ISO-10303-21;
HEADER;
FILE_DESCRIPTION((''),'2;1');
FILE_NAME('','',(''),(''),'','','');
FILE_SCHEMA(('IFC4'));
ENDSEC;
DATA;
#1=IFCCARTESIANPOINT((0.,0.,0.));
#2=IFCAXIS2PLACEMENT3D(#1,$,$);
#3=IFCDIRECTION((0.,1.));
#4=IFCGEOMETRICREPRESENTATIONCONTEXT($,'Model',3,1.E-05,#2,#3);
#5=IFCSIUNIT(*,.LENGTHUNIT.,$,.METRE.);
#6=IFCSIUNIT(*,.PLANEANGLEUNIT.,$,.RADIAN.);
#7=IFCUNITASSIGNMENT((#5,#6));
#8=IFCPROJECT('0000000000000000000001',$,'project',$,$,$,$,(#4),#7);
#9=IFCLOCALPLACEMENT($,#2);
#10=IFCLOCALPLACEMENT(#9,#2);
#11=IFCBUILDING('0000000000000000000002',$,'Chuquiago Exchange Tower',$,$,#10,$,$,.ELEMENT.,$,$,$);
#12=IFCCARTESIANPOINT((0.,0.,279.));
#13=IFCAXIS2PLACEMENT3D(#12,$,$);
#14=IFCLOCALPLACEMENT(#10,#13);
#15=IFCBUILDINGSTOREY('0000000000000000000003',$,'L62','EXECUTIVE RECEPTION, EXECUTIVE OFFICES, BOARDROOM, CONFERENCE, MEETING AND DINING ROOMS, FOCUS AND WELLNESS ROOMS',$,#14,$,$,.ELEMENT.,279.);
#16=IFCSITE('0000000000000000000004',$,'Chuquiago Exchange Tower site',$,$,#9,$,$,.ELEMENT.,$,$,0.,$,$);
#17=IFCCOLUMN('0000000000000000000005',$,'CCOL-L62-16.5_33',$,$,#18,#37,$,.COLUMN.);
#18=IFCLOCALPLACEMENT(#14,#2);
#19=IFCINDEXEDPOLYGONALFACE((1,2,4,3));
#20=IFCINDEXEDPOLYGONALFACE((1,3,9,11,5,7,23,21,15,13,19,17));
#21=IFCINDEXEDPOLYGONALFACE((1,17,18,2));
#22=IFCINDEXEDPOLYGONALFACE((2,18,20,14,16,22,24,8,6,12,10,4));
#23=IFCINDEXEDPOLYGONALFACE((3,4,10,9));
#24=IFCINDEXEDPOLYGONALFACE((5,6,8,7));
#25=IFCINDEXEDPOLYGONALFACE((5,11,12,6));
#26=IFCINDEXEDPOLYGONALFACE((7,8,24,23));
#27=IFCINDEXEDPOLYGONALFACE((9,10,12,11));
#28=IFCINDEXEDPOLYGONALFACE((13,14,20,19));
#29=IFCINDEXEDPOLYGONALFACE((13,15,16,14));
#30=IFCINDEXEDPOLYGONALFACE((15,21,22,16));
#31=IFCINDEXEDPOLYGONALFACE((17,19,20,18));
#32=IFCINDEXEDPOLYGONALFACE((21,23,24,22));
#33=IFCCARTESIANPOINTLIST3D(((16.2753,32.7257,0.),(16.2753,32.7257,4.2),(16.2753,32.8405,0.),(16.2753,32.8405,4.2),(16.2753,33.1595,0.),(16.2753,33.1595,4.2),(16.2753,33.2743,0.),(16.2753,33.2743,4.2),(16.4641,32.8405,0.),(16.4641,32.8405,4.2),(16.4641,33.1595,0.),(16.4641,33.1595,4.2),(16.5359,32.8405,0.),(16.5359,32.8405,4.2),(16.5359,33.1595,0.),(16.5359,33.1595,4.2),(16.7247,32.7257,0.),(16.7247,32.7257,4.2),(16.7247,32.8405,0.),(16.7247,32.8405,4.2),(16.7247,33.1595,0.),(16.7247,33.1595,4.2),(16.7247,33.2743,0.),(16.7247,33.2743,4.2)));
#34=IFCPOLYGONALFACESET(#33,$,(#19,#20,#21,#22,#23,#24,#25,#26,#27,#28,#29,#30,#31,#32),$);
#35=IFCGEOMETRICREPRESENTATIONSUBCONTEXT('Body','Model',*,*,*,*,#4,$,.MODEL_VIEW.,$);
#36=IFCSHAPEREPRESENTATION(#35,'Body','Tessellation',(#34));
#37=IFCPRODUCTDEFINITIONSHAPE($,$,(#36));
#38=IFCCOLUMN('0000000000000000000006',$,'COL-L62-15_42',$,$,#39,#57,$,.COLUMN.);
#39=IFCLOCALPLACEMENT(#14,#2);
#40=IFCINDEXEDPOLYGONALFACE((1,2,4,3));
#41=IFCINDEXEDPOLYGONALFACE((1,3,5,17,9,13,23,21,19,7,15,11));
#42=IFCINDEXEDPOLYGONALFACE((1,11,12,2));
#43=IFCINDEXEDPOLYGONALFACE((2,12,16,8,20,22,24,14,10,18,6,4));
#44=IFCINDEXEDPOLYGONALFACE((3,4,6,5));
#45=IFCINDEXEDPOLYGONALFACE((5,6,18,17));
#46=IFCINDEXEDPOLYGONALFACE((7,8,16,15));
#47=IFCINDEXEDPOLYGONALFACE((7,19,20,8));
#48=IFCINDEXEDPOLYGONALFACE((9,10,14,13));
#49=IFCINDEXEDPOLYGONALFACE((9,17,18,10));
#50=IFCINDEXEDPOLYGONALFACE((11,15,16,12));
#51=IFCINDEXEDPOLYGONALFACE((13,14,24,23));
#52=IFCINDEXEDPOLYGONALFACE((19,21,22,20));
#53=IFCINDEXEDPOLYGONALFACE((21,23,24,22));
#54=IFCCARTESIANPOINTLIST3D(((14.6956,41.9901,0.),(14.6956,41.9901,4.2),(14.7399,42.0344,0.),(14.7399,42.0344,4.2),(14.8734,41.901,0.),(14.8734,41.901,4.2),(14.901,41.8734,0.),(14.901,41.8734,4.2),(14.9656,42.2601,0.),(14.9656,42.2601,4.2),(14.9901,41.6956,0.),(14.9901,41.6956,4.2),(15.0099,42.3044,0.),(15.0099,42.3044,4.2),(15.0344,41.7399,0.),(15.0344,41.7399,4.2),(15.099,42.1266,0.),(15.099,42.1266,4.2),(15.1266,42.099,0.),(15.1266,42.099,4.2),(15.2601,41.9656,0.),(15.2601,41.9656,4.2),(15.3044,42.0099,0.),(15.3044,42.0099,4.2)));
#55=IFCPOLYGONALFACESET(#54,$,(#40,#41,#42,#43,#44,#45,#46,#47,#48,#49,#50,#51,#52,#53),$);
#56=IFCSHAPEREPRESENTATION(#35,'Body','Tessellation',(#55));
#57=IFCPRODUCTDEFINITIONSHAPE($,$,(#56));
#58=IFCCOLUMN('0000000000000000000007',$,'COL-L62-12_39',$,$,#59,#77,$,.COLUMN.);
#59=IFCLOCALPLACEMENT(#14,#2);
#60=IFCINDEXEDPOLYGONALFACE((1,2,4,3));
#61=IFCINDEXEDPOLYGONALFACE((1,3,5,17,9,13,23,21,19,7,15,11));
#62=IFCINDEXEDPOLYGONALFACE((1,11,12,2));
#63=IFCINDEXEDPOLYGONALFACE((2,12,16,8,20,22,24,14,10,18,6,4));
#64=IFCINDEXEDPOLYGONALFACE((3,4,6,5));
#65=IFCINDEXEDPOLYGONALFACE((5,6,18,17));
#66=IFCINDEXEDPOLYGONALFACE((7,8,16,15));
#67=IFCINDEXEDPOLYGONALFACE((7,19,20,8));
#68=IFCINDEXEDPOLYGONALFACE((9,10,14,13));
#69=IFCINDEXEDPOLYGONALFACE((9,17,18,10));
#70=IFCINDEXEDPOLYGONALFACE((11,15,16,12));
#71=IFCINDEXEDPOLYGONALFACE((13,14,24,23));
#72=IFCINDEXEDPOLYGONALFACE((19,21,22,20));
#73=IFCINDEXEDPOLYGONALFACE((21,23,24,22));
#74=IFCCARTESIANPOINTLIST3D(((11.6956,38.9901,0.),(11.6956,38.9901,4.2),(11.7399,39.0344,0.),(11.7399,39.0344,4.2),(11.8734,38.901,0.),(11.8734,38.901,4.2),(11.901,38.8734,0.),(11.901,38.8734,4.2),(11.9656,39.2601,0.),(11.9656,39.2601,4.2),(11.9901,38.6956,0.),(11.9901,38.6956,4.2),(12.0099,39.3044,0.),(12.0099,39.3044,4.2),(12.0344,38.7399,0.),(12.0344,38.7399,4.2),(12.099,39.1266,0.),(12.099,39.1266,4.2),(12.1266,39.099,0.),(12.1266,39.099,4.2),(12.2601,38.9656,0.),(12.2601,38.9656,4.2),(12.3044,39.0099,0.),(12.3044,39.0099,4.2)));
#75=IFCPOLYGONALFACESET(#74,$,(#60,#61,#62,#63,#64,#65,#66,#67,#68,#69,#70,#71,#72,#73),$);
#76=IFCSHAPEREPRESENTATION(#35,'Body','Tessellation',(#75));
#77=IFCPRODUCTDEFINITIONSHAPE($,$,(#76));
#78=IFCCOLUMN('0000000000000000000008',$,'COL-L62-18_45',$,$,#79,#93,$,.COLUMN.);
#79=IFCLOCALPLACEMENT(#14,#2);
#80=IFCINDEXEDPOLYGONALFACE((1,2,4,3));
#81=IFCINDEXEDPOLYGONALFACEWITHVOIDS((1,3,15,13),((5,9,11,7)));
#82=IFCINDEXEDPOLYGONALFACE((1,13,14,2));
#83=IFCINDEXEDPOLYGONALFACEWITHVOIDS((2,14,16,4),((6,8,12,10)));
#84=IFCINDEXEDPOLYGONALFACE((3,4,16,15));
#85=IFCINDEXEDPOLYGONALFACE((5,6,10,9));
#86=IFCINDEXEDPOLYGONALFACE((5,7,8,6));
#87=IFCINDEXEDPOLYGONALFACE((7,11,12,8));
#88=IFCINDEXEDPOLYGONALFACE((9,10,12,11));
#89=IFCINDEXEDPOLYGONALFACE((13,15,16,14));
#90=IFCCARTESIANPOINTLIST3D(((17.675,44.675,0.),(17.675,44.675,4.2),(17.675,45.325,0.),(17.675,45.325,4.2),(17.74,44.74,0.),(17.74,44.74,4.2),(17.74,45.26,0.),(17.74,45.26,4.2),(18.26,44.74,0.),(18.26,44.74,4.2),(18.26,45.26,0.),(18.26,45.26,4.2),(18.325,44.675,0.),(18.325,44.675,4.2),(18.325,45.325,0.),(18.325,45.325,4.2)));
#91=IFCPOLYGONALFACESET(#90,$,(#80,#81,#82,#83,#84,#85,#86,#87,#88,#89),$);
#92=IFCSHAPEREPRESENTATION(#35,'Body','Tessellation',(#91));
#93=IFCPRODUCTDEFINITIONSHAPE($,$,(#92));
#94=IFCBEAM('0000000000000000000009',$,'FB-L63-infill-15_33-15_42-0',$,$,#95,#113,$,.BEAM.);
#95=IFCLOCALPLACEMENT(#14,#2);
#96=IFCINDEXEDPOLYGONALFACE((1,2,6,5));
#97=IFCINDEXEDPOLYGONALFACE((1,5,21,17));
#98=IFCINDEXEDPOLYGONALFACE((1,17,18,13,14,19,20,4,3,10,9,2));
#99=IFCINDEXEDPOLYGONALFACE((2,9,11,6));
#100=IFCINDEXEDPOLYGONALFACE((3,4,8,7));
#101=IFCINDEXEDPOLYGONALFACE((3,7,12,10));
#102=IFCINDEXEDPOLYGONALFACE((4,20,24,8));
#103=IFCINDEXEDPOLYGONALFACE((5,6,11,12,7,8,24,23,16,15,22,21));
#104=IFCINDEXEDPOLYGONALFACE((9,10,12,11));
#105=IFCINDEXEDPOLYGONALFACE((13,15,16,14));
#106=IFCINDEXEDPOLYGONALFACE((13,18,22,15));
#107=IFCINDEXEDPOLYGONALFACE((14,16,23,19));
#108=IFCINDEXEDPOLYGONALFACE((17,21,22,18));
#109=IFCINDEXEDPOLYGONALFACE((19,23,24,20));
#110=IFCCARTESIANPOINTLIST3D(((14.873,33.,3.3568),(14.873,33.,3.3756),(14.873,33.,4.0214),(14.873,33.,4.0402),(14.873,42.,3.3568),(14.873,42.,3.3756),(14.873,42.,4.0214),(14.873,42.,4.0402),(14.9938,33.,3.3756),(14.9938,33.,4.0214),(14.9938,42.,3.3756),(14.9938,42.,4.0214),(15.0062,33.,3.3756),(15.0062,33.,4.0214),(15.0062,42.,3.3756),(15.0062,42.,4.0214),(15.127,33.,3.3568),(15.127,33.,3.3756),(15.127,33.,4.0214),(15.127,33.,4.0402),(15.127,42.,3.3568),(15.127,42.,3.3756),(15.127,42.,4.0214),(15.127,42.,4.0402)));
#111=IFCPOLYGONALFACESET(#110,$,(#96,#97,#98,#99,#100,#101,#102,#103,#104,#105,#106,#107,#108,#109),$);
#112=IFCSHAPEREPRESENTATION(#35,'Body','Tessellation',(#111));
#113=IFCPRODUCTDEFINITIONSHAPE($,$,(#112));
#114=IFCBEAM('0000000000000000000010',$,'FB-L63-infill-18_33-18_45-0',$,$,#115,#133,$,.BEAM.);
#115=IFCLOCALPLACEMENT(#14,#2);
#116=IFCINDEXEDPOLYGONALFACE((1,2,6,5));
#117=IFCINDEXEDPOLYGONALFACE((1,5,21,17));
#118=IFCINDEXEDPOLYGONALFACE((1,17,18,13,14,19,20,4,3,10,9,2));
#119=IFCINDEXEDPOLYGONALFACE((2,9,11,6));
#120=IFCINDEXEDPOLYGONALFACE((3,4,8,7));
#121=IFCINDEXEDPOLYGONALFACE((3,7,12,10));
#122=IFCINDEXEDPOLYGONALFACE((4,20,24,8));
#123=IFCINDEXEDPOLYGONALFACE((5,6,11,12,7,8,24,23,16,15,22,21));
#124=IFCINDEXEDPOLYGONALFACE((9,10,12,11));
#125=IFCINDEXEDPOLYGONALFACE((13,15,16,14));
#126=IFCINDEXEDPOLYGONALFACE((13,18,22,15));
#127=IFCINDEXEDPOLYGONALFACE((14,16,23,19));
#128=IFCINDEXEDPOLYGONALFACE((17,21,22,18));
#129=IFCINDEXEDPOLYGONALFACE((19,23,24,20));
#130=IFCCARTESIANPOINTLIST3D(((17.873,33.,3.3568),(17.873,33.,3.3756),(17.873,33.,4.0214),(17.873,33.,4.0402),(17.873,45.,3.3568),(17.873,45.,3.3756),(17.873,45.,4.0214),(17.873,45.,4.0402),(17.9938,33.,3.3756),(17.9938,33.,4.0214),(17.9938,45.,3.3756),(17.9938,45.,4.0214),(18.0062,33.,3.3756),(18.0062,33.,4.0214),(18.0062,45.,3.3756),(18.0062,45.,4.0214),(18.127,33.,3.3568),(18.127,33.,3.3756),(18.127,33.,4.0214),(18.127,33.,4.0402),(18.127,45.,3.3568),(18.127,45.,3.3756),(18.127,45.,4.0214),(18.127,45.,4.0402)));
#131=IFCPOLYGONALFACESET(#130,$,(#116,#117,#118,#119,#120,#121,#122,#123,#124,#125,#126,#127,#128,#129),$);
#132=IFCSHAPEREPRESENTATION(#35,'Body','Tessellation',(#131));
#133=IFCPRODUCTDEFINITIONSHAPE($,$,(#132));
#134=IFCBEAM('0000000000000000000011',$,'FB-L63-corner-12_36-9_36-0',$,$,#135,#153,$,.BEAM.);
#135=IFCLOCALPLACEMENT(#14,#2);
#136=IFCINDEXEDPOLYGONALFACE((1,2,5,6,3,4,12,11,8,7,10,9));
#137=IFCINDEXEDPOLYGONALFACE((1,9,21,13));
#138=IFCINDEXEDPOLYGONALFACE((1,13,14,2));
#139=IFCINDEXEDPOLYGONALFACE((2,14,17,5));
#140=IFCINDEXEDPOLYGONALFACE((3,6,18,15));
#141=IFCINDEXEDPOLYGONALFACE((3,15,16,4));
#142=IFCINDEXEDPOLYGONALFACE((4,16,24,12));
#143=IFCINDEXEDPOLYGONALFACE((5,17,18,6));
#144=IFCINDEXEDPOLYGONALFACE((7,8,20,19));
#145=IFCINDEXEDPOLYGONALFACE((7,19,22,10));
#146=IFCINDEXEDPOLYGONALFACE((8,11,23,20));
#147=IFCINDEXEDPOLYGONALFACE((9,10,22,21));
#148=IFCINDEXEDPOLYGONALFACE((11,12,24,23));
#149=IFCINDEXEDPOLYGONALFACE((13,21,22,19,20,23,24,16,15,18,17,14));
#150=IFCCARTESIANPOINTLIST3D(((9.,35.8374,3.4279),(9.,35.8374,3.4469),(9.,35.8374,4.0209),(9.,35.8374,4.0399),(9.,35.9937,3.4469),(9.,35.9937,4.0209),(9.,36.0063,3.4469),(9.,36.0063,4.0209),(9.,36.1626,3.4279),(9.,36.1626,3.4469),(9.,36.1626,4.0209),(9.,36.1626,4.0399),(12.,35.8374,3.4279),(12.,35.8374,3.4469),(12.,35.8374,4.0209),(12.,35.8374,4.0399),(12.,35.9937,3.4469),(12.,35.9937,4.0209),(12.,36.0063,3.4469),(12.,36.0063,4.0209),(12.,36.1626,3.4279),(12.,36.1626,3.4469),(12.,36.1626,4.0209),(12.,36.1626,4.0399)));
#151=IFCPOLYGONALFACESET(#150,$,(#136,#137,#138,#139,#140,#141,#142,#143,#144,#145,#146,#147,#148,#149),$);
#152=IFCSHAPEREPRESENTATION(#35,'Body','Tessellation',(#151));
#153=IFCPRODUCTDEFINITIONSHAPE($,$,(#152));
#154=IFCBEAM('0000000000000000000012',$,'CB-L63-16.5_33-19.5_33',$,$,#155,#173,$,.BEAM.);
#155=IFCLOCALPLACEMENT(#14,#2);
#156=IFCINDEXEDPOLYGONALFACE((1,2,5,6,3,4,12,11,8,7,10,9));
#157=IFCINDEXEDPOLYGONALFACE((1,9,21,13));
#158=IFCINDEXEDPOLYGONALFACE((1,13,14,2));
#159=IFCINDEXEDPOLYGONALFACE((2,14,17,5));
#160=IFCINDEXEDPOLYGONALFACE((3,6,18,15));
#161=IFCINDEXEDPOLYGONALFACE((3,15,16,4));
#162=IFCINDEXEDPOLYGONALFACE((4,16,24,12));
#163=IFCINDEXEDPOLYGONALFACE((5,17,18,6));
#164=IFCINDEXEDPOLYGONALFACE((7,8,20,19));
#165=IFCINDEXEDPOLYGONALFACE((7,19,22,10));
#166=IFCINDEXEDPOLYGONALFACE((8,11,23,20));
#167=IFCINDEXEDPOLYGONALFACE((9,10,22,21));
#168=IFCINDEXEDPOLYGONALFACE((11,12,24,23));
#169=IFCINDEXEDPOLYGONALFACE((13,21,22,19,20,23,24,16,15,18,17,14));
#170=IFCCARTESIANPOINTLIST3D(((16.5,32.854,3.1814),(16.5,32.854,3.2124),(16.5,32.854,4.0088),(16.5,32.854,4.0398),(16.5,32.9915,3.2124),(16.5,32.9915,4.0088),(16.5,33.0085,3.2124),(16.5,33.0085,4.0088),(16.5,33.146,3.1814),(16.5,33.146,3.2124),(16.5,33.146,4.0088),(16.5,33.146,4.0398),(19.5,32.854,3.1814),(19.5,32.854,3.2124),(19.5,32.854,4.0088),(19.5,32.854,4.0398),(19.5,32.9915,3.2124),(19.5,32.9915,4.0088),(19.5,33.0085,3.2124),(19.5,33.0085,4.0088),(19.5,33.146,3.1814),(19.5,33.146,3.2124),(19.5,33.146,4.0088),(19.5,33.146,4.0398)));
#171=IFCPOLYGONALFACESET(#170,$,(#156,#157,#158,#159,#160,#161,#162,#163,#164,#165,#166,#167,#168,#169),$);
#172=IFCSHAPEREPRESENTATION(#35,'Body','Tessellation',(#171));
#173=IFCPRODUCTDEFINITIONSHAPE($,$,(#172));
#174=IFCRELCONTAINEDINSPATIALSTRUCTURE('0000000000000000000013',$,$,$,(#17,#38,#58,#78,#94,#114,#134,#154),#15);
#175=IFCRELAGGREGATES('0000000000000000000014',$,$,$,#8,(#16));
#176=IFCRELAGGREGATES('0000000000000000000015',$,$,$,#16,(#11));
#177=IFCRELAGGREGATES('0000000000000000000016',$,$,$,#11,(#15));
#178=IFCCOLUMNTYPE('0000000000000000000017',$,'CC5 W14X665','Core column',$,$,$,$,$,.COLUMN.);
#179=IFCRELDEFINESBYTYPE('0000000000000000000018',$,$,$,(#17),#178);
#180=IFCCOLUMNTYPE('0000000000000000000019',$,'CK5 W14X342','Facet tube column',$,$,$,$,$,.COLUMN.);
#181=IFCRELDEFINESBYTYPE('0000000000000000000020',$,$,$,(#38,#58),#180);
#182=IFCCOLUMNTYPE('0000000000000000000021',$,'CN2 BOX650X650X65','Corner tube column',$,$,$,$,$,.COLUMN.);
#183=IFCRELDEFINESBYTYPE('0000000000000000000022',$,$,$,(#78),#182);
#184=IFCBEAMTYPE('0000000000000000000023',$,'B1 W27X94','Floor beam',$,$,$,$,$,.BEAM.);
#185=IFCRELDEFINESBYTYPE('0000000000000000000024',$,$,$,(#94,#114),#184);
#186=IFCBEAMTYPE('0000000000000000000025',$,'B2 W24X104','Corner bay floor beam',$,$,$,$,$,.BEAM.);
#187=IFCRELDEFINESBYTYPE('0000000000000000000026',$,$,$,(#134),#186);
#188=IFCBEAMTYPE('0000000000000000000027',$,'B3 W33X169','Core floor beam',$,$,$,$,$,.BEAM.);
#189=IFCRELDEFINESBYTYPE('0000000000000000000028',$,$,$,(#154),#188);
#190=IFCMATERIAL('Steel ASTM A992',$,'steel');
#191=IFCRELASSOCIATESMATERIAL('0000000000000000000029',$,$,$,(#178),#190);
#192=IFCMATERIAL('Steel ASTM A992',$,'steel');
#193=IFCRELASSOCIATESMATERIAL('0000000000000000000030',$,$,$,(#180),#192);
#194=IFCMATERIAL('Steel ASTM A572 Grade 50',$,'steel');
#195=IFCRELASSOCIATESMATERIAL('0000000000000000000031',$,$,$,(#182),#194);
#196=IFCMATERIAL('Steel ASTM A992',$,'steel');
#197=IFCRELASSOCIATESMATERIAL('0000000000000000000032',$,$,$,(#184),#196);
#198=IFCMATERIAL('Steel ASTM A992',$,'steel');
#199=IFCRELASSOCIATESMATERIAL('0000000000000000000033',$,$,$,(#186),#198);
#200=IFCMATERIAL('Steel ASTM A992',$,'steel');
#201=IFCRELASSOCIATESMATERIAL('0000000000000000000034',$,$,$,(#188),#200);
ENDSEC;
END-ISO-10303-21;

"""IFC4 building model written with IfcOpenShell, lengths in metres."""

from ifc_helpers import new_model, si_unit, direction, frame, origin, origin_2d, place, context, subcontext, project, spatial, hollow_rectangle, i_section, extrude, material, material_profile, profile_set, type_object, element, save


model = new_model("IFC4")

# Units and contexts
model_context = context("Model", 3, precision=1e-05, world=origin(), true_north=direction((0.0, 1.0)))
body_context = subcontext(model_context, "Body", "Model", "MODEL_VIEW")
ifc_project = project(units=[si_unit("LENGTHUNIT", "METRE"), si_unit("PLANEANGLEUNIT", "RADIAN")], contexts=[model_context])

# Site, building, storey
site_placement = place(None, origin())
site = spatial("IfcSite", under=ifc_project, at=site_placement, Name="Chuquiago Exchange Tower site", CompositionType="ELEMENT", RefElevation=0.0)
building_placement = place(site_placement, origin())
building = spatial("IfcBuilding", under=site, at=building_placement, Name="Chuquiago Exchange Tower", CompositionType="ELEMENT")
storey_placement = place(building_placement, frame((0.0, 0.0, 279.0)))
storey = spatial("IfcBuildingStorey", under=building, at=storey_placement, Name="L62", Description="EXECUTIVE RECEPTION, EXECUTIVE OFFICES, BOARDROOM, CONFERENCE, MEETING AND DINING ROOMS, FOCUS AND WELLNESS ROOMS", CompositionType="ELEMENT", Elevation=279.0)

# Columns
ifc_material_1 = material(Name="Steel ASTM A992", Category="steel")
ifc_material_profile_1 = material_profile(ifc_material_1, i_section(OverallWidth=0.4495, OverallDepth=0.5486, WebThickness=0.0718, FlangeThickness=0.1147, at=origin_2d()), Name="W14X665")
ifc_profile_set_1 = profile_set([ifc_material_profile_1], Name="Steel ASTM A992")
column_type_1 = type_object("IfcColumnType", Name="CC5 W14X665", Description="Core column", PredefinedType="COLUMN", material=ifc_profile_set_1)
column_1_placement = place(storey_placement, frame((16.5, 33.0, 0.0), z_axis=(0.0, 0.0, 1.0), x_axis=(1.0, 0.0, 0.0)))
element("IfcColumn", 1, at=column_1_placement, inside=storey, type_object=column_type_1, Name="CCOL-L62-16.5_33", PredefinedType="COLUMN", context=body_context, shape_type="SweptSolid", body=[
    extrude(i_section(OverallWidth=0.4495, OverallDepth=0.5486, WebThickness=0.0718, FlangeThickness=0.1147, at=origin_2d()), origin(), (0.0, 0.0, 1.0), 4.2),
])
ifc_material_2 = material(Name="Steel ASTM A992", Category="steel")
ifc_material_profile_2 = material_profile(ifc_material_2, i_section(OverallWidth=0.4165, OverallDepth=0.4446, WebThickness=0.0391, FlangeThickness=0.0627, at=origin_2d()), Name="W14X342")
ifc_profile_set_2 = profile_set([ifc_material_profile_2], Name="Steel ASTM A992")
column_type_2 = type_object("IfcColumnType", Name="CK5 W14X342", Description="Facet tube column", PredefinedType="COLUMN", material=ifc_profile_set_2)
for number, where, z_axis, x_axis, name in (
    (2, (15.0, 42.0, 0.0), (0.0, 0.0, 1.0), (-0.707107, 0.707107, 0.0), "COL-L62-15_42"),
    (3, (12.0, 39.0, 0.0), (0.0, 0.0, 1.0), (-0.707107, 0.707107, 0.0), "COL-L62-12_39"),
):
    element("IfcColumn", number, at=place(storey_placement, frame(where, z_axis=z_axis, x_axis=x_axis)), inside=storey, type_object=column_type_2, Name=name, PredefinedType="COLUMN", context=body_context, shape_type="SweptSolid", body=[
        extrude(i_section(OverallWidth=0.4165, OverallDepth=0.4446, WebThickness=0.0391, FlangeThickness=0.0627, at=origin_2d()), origin(), (0.0, 0.0, 1.0), 4.2),
    ])
ifc_material_3 = material(Name="Steel ASTM A572 Grade 50", Category="steel")
ifc_material_profile_3 = material_profile(ifc_material_3, hollow_rectangle(XDim=0.6499, YDim=0.6499, WallThickness=0.0649, at=origin_2d()), Name="BOX650X650X65")
ifc_profile_set_3 = profile_set([ifc_material_profile_3], Name="Steel ASTM A572 Grade 50")
column_type_3 = type_object("IfcColumnType", Name="CN2 BOX650X650X65", Description="Corner tube column", PredefinedType="COLUMN", material=ifc_profile_set_3)
column_2_placement = place(storey_placement, frame((18.0, 45.0, 0.0), z_axis=(0.0, 0.0, 1.0), x_axis=(0.0, 1.0, 0.0)))
element("IfcColumn", 4, at=column_2_placement, inside=storey, type_object=column_type_3, Name="COL-L62-18_45", PredefinedType="COLUMN", context=body_context, shape_type="SweptSolid", body=[
    extrude(hollow_rectangle(XDim=0.6499, YDim=0.6499, WallThickness=0.0649, at=origin_2d()), origin(), (0.0, 0.0, 1.0), 4.2),
])

# Beams
ifc_material_4 = material(Name="Steel ASTM A992", Category="steel")
ifc_material_profile_4 = material_profile(ifc_material_4, i_section(OverallWidth=0.2539, OverallDepth=0.6833, WebThickness=0.0125, FlangeThickness=0.0188, at=origin_2d()), Name="W27X94")
ifc_profile_set_4 = profile_set([ifc_material_profile_4], Name="Steel ASTM A992")
beam_type_1 = type_object("IfcBeamType", Name="B1 W27X94", Description="Floor beam", PredefinedType="BEAM", material=ifc_profile_set_4)
beam_1_placement = place(storey_placement, frame((15.0, 33.0, 3.6985), z_axis=(0.0, 1.0, 0.0), x_axis=(-1.0, 0.0, 0.0)))
element("IfcBeam", 5, at=beam_1_placement, inside=storey, type_object=beam_type_1, Name="FB-L63-infill-15_33-15_42-0", PredefinedType="BEAM", context=body_context, shape_type="SweptSolid", body=[
    extrude(i_section(OverallWidth=0.2539, OverallDepth=0.6833, WebThickness=0.0125, FlangeThickness=0.0188, at=origin_2d()), origin(), (0.0, 0.0, 1.0), 9.0),
])
beam_2_placement = place(storey_placement, frame((18.0, 33.0, 3.6985), z_axis=(0.0, 1.0, 0.0), x_axis=(-1.0, 0.0, 0.0)))
element("IfcBeam", 6, at=beam_2_placement, inside=storey, type_object=beam_type_1, Name="FB-L63-infill-18_33-18_45-0", PredefinedType="BEAM", context=body_context, shape_type="SweptSolid", body=[
    extrude(i_section(OverallWidth=0.2539, OverallDepth=0.6833, WebThickness=0.0125, FlangeThickness=0.0188, at=origin_2d()), origin(), (0.0, 0.0, 1.0), 12.0),
])
ifc_material_5 = material(Name="Steel ASTM A992", Category="steel")
ifc_material_profile_5 = material_profile(ifc_material_5, i_section(OverallWidth=0.3252, OverallDepth=0.6121, WebThickness=0.0127, FlangeThickness=0.019, at=origin_2d()), Name="W24X104")
ifc_profile_set_5 = profile_set([ifc_material_profile_5], Name="Steel ASTM A992")
beam_type_2 = type_object("IfcBeamType", Name="B2 W24X104", Description="Corner bay floor beam", PredefinedType="BEAM", material=ifc_profile_set_5)
beam_3_placement = place(storey_placement, frame((12.0, 36.0, 3.7339), z_axis=(-1.0, 0.0, 0.0), x_axis=(0.0, -1.0, 0.0)))
element("IfcBeam", 7, at=beam_3_placement, inside=storey, type_object=beam_type_2, Name="FB-L63-corner-12_36-9_36-0", PredefinedType="BEAM", context=body_context, shape_type="SweptSolid", body=[
    extrude(i_section(OverallWidth=0.3252, OverallDepth=0.6121, WebThickness=0.0127, FlangeThickness=0.019, at=origin_2d()), origin(), (0.0, 0.0, 1.0), 3.0),
])
ifc_material_6 = material(Name="Steel ASTM A992", Category="steel")
ifc_material_profile_6 = material_profile(ifc_material_6, i_section(OverallWidth=0.292, OverallDepth=0.8584, WebThickness=0.0171, FlangeThickness=0.031, at=origin_2d()), Name="W33X169")
ifc_profile_set_6 = profile_set([ifc_material_profile_6], Name="Steel ASTM A992")
beam_type_3 = type_object("IfcBeamType", Name="B3 W33X169", Description="Core floor beam", PredefinedType="BEAM", material=ifc_profile_set_6)
beam_4_placement = place(storey_placement, frame((16.5, 33.0, 3.6106), z_axis=(1.0, 0.0, 0.0), x_axis=(0.0, 1.0, 0.0)))
element("IfcBeam", 8, at=beam_4_placement, inside=storey, type_object=beam_type_3, Name="CB-L63-16.5_33-19.5_33", PredefinedType="BEAM", context=body_context, shape_type="SweptSolid", body=[
    extrude(i_section(OverallWidth=0.292, OverallDepth=0.8584, WebThickness=0.0171, FlangeThickness=0.031, at=origin_2d()), origin(), (0.0, 0.0, 1.0), 3.0),
])

save(model, "model.ifc")
